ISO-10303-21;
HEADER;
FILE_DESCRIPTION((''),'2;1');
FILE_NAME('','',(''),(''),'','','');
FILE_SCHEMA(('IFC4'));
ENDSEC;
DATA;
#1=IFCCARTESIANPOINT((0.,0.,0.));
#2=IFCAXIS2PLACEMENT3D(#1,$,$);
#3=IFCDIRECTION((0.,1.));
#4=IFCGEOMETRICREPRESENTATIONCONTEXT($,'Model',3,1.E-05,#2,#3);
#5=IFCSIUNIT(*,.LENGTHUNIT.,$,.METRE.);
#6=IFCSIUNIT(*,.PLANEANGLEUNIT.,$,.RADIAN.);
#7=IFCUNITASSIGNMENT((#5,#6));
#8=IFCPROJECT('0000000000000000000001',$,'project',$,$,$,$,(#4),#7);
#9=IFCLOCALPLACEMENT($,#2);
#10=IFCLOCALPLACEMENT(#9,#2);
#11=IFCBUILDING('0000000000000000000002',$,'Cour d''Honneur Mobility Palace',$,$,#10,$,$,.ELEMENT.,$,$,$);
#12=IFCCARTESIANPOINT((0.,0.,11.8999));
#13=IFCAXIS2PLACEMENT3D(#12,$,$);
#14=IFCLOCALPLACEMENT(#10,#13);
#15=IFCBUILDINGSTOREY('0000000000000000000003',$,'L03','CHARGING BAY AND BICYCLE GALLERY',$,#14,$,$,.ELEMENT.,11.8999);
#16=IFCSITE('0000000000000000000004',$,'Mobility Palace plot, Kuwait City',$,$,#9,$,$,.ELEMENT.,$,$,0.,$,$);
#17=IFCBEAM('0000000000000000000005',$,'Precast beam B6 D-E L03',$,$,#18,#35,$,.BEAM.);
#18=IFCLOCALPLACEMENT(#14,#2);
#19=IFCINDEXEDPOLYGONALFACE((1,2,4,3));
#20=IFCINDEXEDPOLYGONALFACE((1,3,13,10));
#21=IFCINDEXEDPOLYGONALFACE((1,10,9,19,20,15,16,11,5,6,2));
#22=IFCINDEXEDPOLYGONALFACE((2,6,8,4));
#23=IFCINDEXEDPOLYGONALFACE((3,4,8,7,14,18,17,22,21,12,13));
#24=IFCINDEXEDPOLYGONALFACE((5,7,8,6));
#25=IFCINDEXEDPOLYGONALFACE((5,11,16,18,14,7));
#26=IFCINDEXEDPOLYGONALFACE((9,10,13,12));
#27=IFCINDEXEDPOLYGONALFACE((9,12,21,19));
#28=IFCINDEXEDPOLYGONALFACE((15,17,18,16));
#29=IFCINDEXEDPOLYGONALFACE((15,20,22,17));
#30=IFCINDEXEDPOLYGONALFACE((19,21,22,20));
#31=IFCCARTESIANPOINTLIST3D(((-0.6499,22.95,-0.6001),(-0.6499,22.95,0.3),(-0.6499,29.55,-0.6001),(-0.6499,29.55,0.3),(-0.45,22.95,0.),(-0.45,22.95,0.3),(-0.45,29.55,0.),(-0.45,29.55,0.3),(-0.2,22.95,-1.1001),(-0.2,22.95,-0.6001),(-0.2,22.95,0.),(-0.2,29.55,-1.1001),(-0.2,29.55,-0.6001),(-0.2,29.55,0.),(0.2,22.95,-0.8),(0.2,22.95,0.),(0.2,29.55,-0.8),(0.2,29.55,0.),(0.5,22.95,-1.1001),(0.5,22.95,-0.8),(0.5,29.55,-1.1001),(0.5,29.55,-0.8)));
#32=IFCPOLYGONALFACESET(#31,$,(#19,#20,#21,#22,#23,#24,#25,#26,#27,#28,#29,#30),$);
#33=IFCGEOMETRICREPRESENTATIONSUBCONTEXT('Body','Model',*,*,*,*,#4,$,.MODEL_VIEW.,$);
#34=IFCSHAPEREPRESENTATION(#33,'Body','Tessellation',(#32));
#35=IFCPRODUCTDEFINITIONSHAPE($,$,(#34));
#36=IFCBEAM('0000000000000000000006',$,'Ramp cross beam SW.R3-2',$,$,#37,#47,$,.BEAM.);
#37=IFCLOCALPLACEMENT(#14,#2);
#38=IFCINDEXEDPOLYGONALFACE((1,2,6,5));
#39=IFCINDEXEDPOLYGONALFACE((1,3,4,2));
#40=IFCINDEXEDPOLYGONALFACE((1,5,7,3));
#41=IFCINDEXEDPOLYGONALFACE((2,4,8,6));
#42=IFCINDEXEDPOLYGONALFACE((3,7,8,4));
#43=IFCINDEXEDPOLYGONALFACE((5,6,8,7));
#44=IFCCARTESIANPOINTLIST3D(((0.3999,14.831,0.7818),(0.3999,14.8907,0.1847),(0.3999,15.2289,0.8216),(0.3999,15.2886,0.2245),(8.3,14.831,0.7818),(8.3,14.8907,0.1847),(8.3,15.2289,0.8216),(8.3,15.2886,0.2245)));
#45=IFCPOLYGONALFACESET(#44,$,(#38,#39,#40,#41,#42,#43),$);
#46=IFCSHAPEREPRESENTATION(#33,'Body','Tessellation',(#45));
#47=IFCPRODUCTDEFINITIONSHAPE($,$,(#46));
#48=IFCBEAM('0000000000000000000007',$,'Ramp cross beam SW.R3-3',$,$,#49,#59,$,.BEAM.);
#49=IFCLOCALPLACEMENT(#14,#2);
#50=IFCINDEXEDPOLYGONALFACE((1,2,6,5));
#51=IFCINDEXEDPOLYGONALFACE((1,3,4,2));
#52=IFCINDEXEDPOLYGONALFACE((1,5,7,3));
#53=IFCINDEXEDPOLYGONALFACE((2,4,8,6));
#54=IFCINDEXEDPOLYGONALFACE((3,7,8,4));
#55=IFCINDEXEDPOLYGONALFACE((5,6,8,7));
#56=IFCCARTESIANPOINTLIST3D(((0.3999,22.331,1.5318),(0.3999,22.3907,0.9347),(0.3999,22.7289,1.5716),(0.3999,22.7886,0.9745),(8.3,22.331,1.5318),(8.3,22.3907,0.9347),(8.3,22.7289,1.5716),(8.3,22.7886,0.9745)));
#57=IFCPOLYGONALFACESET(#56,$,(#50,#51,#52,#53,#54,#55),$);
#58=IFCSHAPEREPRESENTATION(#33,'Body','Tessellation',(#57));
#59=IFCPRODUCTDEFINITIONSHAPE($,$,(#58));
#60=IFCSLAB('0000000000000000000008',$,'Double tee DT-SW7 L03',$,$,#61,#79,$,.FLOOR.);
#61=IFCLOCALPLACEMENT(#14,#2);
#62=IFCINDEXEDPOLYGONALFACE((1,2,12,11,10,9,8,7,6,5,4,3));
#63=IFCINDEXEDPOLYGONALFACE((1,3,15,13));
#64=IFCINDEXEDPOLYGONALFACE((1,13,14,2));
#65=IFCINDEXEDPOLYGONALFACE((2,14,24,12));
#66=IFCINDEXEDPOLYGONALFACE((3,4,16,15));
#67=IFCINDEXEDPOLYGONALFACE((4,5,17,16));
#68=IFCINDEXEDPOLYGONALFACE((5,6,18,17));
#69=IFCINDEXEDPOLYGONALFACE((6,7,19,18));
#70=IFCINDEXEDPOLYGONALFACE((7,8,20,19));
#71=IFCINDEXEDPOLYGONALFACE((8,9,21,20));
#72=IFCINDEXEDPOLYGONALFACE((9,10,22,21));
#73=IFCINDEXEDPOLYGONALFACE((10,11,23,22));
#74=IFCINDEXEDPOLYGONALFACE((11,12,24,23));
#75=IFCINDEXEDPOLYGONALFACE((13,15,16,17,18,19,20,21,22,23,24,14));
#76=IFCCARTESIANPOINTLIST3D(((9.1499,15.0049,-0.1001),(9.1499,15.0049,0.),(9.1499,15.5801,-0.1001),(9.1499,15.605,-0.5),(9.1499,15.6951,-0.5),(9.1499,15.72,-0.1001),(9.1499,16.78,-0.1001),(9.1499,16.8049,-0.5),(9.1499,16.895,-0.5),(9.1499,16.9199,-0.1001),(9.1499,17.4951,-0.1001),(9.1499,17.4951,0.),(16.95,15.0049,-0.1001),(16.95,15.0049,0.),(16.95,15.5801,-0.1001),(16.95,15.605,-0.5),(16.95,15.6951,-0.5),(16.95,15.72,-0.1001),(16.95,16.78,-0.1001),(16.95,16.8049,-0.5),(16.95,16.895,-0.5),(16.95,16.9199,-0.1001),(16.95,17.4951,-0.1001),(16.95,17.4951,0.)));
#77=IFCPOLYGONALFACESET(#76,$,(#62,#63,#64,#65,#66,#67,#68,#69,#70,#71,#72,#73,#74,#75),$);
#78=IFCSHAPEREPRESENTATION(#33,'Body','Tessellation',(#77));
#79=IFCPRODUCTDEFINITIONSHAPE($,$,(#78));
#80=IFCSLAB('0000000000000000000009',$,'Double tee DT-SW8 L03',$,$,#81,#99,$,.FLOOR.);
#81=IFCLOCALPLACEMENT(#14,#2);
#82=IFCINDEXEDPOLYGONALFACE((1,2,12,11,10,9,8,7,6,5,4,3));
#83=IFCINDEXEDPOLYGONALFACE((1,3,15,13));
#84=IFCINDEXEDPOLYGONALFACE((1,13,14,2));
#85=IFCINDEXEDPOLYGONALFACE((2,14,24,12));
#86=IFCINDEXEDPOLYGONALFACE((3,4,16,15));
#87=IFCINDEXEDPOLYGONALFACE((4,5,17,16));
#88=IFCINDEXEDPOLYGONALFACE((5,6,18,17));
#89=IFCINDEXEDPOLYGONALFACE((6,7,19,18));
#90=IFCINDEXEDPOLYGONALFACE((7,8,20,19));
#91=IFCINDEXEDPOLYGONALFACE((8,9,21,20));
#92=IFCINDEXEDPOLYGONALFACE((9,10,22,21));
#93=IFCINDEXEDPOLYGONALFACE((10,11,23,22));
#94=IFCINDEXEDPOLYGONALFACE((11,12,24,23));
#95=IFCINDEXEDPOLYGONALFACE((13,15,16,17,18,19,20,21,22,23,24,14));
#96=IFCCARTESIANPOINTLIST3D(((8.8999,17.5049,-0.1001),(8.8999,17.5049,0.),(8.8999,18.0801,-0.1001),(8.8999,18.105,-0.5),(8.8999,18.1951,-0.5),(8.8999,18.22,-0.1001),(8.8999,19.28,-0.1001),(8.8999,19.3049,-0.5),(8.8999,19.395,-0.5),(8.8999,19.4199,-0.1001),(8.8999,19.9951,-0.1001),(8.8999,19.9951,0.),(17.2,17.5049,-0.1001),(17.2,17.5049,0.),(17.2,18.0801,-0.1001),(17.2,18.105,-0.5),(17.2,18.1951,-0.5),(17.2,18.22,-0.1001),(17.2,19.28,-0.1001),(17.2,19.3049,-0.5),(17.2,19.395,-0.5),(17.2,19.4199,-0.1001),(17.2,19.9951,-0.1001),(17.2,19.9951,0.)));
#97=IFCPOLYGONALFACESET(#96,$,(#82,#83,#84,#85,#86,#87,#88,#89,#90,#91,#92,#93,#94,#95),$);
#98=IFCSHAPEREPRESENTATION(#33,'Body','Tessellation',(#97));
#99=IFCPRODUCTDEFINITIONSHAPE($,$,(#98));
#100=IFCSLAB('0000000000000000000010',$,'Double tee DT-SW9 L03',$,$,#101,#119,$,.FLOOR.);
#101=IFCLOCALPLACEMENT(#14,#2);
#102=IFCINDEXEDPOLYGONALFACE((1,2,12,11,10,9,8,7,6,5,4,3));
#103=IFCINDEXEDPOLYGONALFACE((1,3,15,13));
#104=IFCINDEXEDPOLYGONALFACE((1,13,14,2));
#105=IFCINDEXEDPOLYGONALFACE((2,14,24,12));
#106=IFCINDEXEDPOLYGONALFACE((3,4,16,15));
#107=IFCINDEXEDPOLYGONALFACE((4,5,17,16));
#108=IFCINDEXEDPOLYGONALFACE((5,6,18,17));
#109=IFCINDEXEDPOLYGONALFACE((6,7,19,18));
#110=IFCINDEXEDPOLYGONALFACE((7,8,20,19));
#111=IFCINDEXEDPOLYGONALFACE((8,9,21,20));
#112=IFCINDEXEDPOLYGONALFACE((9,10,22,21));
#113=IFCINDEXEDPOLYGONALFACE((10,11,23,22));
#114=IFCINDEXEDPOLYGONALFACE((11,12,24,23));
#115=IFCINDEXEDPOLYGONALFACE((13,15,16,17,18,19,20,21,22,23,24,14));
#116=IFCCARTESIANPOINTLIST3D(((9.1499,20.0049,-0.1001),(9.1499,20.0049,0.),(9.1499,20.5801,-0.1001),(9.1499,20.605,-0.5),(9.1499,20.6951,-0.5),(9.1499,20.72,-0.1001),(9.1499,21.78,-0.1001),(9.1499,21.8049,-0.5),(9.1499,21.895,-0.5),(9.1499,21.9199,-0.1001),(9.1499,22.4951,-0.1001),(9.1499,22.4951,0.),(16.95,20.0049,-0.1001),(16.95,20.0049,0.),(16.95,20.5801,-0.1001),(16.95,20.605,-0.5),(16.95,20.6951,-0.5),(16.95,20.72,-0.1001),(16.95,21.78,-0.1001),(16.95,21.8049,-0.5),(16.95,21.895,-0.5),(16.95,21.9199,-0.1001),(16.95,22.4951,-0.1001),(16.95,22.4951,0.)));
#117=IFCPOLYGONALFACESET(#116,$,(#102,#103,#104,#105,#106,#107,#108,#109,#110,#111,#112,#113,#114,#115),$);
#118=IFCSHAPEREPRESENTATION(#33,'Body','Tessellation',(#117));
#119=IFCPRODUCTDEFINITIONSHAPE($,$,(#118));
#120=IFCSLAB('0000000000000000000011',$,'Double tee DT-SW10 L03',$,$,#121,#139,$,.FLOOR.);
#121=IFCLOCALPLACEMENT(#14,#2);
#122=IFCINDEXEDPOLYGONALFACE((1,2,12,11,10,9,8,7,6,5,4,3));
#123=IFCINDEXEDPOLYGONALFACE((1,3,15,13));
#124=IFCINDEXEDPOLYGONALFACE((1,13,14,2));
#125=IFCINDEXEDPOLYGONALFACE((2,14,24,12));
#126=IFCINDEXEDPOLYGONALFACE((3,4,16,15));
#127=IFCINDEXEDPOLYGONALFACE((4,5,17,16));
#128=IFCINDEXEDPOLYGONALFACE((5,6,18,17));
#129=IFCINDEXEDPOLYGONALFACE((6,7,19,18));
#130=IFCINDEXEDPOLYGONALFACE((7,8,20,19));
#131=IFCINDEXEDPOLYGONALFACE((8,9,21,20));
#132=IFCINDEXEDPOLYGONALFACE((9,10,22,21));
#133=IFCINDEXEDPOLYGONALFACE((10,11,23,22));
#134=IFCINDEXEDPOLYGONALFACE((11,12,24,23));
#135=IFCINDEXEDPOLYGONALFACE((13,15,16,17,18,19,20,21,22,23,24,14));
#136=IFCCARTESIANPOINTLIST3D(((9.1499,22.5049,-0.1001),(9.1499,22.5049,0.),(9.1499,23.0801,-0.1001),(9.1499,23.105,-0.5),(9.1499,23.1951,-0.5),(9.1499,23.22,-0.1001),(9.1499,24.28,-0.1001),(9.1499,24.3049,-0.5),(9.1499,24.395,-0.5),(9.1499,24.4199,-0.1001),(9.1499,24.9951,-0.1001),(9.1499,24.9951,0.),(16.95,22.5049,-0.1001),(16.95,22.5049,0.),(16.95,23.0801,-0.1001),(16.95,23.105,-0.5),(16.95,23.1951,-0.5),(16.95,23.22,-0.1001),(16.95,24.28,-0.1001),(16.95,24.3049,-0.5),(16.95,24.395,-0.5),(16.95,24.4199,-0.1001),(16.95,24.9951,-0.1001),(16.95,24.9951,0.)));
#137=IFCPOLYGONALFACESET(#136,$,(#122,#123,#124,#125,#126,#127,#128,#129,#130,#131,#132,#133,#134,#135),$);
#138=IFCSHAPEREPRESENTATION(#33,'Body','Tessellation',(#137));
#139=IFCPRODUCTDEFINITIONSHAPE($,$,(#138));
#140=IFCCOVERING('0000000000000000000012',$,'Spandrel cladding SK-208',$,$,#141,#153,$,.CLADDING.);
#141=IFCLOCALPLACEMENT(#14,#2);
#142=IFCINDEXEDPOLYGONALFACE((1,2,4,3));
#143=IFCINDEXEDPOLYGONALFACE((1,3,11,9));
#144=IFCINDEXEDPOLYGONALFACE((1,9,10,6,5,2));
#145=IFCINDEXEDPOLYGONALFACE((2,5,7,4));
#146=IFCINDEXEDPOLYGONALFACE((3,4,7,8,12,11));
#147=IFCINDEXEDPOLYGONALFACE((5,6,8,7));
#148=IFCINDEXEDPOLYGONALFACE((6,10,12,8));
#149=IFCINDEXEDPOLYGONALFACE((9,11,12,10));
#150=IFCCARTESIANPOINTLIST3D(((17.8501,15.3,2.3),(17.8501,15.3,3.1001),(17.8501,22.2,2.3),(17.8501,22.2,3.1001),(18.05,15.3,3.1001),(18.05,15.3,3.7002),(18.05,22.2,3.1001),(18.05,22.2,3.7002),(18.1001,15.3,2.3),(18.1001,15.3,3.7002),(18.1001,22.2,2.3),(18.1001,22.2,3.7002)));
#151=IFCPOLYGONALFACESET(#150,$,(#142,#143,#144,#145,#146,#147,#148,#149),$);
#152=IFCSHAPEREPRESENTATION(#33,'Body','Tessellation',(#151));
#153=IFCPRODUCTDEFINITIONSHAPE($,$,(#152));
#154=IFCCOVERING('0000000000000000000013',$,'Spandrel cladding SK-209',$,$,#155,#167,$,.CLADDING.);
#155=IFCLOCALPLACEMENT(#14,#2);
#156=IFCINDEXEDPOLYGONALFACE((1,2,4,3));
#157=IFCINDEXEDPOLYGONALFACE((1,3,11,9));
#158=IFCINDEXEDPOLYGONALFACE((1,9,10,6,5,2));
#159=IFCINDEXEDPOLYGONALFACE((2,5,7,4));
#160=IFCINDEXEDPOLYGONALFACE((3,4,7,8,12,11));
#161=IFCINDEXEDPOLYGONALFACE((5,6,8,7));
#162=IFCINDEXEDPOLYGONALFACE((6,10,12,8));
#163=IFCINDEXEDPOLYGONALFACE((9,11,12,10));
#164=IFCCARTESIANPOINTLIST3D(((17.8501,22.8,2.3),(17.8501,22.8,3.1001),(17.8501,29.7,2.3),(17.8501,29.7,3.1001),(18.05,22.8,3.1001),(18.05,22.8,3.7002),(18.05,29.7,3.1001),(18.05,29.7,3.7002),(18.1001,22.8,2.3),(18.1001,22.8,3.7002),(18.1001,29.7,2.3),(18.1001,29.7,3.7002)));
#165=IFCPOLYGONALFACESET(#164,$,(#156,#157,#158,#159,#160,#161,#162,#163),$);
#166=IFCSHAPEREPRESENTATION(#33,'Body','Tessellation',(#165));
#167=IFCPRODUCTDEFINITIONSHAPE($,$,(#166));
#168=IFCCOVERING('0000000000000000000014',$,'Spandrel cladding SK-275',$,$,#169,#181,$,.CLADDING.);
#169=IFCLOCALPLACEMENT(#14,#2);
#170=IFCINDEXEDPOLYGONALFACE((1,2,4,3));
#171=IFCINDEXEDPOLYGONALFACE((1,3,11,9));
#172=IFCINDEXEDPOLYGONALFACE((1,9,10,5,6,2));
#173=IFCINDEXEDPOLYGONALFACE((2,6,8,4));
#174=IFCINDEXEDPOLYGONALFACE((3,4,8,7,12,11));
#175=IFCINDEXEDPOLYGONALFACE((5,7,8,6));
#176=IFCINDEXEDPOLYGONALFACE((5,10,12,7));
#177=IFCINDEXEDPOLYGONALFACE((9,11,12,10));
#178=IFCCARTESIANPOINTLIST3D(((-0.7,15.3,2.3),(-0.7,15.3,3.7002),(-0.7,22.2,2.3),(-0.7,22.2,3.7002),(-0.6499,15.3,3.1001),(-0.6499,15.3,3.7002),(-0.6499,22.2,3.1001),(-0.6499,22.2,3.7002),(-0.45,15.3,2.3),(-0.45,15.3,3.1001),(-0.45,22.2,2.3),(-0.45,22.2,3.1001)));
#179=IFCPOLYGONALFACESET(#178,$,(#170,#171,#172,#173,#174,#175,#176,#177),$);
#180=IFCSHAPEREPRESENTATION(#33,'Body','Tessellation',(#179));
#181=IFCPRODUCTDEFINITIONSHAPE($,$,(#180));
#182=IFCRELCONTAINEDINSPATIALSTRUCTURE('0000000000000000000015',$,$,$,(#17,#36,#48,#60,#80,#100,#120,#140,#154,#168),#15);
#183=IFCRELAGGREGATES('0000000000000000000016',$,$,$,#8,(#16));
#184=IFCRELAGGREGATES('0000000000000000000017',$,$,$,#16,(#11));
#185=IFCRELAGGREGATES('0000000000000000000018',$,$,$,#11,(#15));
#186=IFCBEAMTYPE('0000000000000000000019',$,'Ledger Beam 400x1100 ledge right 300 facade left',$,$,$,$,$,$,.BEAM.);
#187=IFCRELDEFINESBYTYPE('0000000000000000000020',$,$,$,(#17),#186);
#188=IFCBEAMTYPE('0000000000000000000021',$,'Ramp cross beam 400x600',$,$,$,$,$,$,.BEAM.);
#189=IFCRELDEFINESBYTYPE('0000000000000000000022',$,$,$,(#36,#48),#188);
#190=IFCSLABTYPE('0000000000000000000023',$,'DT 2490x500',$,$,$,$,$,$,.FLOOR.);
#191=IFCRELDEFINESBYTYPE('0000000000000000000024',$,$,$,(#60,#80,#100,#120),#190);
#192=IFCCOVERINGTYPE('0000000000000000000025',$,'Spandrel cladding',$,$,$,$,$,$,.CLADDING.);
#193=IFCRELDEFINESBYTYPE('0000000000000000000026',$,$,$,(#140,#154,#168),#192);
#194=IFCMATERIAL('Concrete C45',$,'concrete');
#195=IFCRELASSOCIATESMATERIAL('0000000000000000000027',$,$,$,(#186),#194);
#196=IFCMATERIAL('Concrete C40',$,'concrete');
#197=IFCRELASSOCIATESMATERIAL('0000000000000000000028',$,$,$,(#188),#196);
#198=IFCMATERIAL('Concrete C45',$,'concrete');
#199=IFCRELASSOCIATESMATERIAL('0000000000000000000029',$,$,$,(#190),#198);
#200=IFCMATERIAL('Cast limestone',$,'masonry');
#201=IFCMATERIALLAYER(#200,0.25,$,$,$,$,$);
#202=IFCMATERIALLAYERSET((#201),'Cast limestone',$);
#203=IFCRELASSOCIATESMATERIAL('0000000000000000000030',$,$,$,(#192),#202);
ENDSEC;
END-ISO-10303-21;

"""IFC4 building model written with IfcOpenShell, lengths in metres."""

from ifc_helpers import new_model, si_unit, direction, frame, origin, origin_2d, place, context, subcontext, project, spatial, polyline, rectangle, outline, extrude, material, layer, layer_set, material_profile, profile_set, type_object, element, save


model = new_model("IFC4")

# Units and contexts
model_context = context("Model", 3, precision=1e-05, world=origin(), true_north=direction((0.0, 1.0)))
body_context = subcontext(model_context, "Body", "Model", "MODEL_VIEW")
ifc_project = project(units=[si_unit("LENGTHUNIT", "METRE"), si_unit("PLANEANGLEUNIT", "RADIAN")], contexts=[model_context])

# Site, building, storey
site_placement = place(None, origin())
site = spatial("IfcSite", under=ifc_project, at=site_placement, Name="Mobility Palace plot, Kuwait City", CompositionType="ELEMENT", RefElevation=0.0)
building_placement = place(site_placement, origin())
building = spatial("IfcBuilding", under=site, at=building_placement, Name="Cour d'Honneur Mobility Palace", CompositionType="ELEMENT")
storey_placement = place(building_placement, frame((0.0, 0.0, 11.8999)))
storey = spatial("IfcBuildingStorey", under=building, at=storey_placement, Name="L03", Description="CHARGING BAY AND BICYCLE GALLERY", CompositionType="ELEMENT", Elevation=11.8999)

# Beams
ifc_material_1 = material(Name="Concrete C45", Category="concrete")
ifc_material_profile_1 = material_profile(ifc_material_1, outline(polyline([(0.2, -1.1001), (0.2, -0.6001), (0.6499, -0.6001), (0.6499, 0.3), (0.45, 0.3), (0.45, 0.0), (0.2, 0.0), (-0.2, 0.0), (-0.2, -0.8), (-0.5, -0.8), (-0.5, -1.1001), (0.2, -1.1001)])), Name="Ledger Beam 400x1100 ledge right 300 facade left")
ifc_profile_set_1 = profile_set([ifc_material_profile_1], Name="Concrete C45")
beam_type_1 = type_object("IfcBeamType", Name="Ledger Beam 400x1100 ledge right 300 facade left", PredefinedType="BEAM", material=ifc_profile_set_1)
for number, where, z_axis, x_axis, name in (
    (1, (0.0, 22.95, 0.0), (0.0, 1.0, 0.0), (-1.0, 0.0, 0.0), "Precast beam B6 D-E L03"),
):
    element("IfcBeam", number, at=place(storey_placement, frame(where, z_axis=z_axis, x_axis=x_axis)), inside=storey, type_object=beam_type_1, Name=name, PredefinedType="BEAM", context=body_context, shape_type="SweptSolid", body=[
        extrude(outline(polyline([(0.2, -1.1001), (0.2, -0.6001), (0.6499, -0.6001), (0.6499, 0.3), (0.45, 0.3), (0.45, 0.0), (0.2, 0.0), (-0.2, 0.0), (-0.2, -0.8), (-0.5, -0.8), (-0.5, -1.1001), (0.2, -1.1001)])), origin(), (0.0, 0.0, 1.0), 6.6001),
    ])
ifc_material_2 = material(Name="Concrete C40", Category="concrete")
ifc_material_profile_2 = material_profile(ifc_material_2, rectangle(XDim=0.3999, YDim=0.6001, at=origin_2d()), Name="Ramp cross beam 400x600")
ifc_profile_set_2 = profile_set([ifc_material_profile_2], Name="Concrete C40")
beam_type_2 = type_object("IfcBeamType", Name="Ramp cross beam 400x600", PredefinedType="BEAM", material=ifc_profile_set_2)
for number, where, z_axis, x_axis, name in (
    (2, (0.3999, 15.0598, 0.5032), (1.0, 0.0, 0.0), (0.0, 0.995037, 0.099504), "Ramp cross beam SW.R3-2"),
    (3, (0.3999, 22.5598, 1.2532), (1.0, 0.0, 0.0), (0.0, 0.995037, 0.099504), "Ramp cross beam SW.R3-3"),
):
    element("IfcBeam", number, at=place(storey_placement, frame(where, z_axis=z_axis, x_axis=x_axis)), inside=storey, type_object=beam_type_2, Name=name, PredefinedType="BEAM", context=body_context, shape_type="SweptSolid", body=[
        extrude(rectangle(XDim=0.3999, YDim=0.6001, at=origin_2d()), origin(), (0.0, 0.0, 1.0), 7.9001),
    ])

# Slabs
ifc_material_3 = material(Name="Concrete C45", Category="concrete")
ifc_material_profile_3 = material_profile(ifc_material_3, outline(polyline([(-1.2451, 0.0), (1.2451, 0.0), (1.2451, -0.1001), (0.6699, -0.1001), (0.645, -0.5), (0.5549, -0.5), (0.53, -0.1001), (-0.53, -0.1001), (-0.5549, -0.5), (-0.645, -0.5), (-0.6699, -0.1001), (-1.2451, -0.1001), (-1.2451, 0.0)])), Name="DT 2490x500")
ifc_profile_set_3 = profile_set([ifc_material_profile_3], Name="Concrete C45")
slab_type = type_object("IfcSlabType", Name="DT 2490x500", PredefinedType="FLOOR", material=ifc_profile_set_3)
slab_1_placement = place(storey_placement, frame((9.1499, 16.25, 0.0), z_axis=(1.0, 0.0, 0.0), x_axis=(0.0, 1.0, 0.0)))
element("IfcSlab", 4, at=slab_1_placement, inside=storey, type_object=slab_type, Name="Double tee DT-SW7 L03", PredefinedType="FLOOR", context=body_context, shape_type="SweptSolid", body=[
    extrude(outline(polyline([(-1.2451, 0.0), (1.2451, 0.0), (1.2451, -0.1001), (0.6699, -0.1001), (0.645, -0.5), (0.5549, -0.5), (0.53, -0.1001), (-0.53, -0.1001), (-0.5549, -0.5), (-0.645, -0.5), (-0.6699, -0.1001), (-1.2451, -0.1001), (-1.2451, 0.0)])), origin(), (0.0, 0.0, 1.0), 7.8),
])
slab_2_placement = place(storey_placement, frame((8.8999, 18.75, 0.0), z_axis=(1.0, 0.0, 0.0), x_axis=(0.0, 1.0, 0.0)))
element("IfcSlab", 5, at=slab_2_placement, inside=storey, type_object=slab_type, Name="Double tee DT-SW8 L03", PredefinedType="FLOOR", context=body_context, shape_type="SweptSolid", body=[
    extrude(outline(polyline([(-1.2451, 0.0), (1.2451, 0.0), (1.2451, -0.1001), (0.6699, -0.1001), (0.645, -0.5), (0.5549, -0.5), (0.53, -0.1001), (-0.53, -0.1001), (-0.5549, -0.5), (-0.645, -0.5), (-0.6699, -0.1001), (-1.2451, -0.1001), (-1.2451, 0.0)])), origin(), (0.0, 0.0, 1.0), 8.3),
])
for number, where, z_axis, x_axis, name in (
    (6, (9.1499, 21.25, 0.0), (1.0, 0.0, 0.0), (0.0, 1.0, 0.0), "Double tee DT-SW9 L03"),
    (7, (9.1499, 23.75, 0.0), (1.0, 0.0, 0.0), (0.0, 1.0, 0.0), "Double tee DT-SW10 L03"),
):
    element("IfcSlab", number, at=place(storey_placement, frame(where, z_axis=z_axis, x_axis=x_axis)), inside=storey, type_object=slab_type, Name=name, PredefinedType="FLOOR", context=body_context, shape_type="SweptSolid", body=[
        extrude(outline(polyline([(-1.2451, 0.0), (1.2451, 0.0), (1.2451, -0.1001), (0.6699, -0.1001), (0.645, -0.5), (0.5549, -0.5), (0.53, -0.1001), (-0.53, -0.1001), (-0.5549, -0.5), (-0.645, -0.5), (-0.6699, -0.1001), (-1.2451, -0.1001), (-1.2451, 0.0)])), origin(), (0.0, 0.0, 1.0), 7.8),
    ])

# Coverings
ifc_material_4 = material(Name="Cast limestone", Category="masonry")
ifc_layer_1 = layer(ifc_material_4, 0.25)
ifc_layer_set_1 = layer_set([ifc_layer_1], Name="Cast limestone")
covering_type = type_object("IfcCoveringType", Name="Spandrel cladding", PredefinedType="CLADDING", material=ifc_layer_set_1)
for number, where, z_axis, x_axis, name in (
    (8, (17.8501, 15.3, 2.3), (0.0, -1.0, 0.0), (1.0, 0.0, 0.0), "Spandrel cladding SK-208"),
    (9, (17.8501, 22.8, 2.3), (0.0, -1.0, 0.0), (1.0, 0.0, 0.0), "Spandrel cladding SK-209"),
    (10, (-0.45, 22.2, 2.3), (0.0, 1.0, 0.0), (-1.0, 0.0, 0.0), "Spandrel cladding SK-275"),
):
    element("IfcCovering", number, at=place(storey_placement, frame(where, z_axis=z_axis, x_axis=x_axis)), inside=storey, type_object=covering_type, Name=name, PredefinedType="CLADDING", context=body_context, shape_type="SweptSolid", body=[
        extrude(outline(polyline([(0.0, 0.0), (0.25, 0.0), (0.25, 1.4001), (0.2, 1.4001), (0.2, 0.8), (0.0, 0.8), (0.0, 0.0)])), origin(), (0.0, 0.0, -1.0), 6.8999),
    ])

save(model, "model.ifc")
